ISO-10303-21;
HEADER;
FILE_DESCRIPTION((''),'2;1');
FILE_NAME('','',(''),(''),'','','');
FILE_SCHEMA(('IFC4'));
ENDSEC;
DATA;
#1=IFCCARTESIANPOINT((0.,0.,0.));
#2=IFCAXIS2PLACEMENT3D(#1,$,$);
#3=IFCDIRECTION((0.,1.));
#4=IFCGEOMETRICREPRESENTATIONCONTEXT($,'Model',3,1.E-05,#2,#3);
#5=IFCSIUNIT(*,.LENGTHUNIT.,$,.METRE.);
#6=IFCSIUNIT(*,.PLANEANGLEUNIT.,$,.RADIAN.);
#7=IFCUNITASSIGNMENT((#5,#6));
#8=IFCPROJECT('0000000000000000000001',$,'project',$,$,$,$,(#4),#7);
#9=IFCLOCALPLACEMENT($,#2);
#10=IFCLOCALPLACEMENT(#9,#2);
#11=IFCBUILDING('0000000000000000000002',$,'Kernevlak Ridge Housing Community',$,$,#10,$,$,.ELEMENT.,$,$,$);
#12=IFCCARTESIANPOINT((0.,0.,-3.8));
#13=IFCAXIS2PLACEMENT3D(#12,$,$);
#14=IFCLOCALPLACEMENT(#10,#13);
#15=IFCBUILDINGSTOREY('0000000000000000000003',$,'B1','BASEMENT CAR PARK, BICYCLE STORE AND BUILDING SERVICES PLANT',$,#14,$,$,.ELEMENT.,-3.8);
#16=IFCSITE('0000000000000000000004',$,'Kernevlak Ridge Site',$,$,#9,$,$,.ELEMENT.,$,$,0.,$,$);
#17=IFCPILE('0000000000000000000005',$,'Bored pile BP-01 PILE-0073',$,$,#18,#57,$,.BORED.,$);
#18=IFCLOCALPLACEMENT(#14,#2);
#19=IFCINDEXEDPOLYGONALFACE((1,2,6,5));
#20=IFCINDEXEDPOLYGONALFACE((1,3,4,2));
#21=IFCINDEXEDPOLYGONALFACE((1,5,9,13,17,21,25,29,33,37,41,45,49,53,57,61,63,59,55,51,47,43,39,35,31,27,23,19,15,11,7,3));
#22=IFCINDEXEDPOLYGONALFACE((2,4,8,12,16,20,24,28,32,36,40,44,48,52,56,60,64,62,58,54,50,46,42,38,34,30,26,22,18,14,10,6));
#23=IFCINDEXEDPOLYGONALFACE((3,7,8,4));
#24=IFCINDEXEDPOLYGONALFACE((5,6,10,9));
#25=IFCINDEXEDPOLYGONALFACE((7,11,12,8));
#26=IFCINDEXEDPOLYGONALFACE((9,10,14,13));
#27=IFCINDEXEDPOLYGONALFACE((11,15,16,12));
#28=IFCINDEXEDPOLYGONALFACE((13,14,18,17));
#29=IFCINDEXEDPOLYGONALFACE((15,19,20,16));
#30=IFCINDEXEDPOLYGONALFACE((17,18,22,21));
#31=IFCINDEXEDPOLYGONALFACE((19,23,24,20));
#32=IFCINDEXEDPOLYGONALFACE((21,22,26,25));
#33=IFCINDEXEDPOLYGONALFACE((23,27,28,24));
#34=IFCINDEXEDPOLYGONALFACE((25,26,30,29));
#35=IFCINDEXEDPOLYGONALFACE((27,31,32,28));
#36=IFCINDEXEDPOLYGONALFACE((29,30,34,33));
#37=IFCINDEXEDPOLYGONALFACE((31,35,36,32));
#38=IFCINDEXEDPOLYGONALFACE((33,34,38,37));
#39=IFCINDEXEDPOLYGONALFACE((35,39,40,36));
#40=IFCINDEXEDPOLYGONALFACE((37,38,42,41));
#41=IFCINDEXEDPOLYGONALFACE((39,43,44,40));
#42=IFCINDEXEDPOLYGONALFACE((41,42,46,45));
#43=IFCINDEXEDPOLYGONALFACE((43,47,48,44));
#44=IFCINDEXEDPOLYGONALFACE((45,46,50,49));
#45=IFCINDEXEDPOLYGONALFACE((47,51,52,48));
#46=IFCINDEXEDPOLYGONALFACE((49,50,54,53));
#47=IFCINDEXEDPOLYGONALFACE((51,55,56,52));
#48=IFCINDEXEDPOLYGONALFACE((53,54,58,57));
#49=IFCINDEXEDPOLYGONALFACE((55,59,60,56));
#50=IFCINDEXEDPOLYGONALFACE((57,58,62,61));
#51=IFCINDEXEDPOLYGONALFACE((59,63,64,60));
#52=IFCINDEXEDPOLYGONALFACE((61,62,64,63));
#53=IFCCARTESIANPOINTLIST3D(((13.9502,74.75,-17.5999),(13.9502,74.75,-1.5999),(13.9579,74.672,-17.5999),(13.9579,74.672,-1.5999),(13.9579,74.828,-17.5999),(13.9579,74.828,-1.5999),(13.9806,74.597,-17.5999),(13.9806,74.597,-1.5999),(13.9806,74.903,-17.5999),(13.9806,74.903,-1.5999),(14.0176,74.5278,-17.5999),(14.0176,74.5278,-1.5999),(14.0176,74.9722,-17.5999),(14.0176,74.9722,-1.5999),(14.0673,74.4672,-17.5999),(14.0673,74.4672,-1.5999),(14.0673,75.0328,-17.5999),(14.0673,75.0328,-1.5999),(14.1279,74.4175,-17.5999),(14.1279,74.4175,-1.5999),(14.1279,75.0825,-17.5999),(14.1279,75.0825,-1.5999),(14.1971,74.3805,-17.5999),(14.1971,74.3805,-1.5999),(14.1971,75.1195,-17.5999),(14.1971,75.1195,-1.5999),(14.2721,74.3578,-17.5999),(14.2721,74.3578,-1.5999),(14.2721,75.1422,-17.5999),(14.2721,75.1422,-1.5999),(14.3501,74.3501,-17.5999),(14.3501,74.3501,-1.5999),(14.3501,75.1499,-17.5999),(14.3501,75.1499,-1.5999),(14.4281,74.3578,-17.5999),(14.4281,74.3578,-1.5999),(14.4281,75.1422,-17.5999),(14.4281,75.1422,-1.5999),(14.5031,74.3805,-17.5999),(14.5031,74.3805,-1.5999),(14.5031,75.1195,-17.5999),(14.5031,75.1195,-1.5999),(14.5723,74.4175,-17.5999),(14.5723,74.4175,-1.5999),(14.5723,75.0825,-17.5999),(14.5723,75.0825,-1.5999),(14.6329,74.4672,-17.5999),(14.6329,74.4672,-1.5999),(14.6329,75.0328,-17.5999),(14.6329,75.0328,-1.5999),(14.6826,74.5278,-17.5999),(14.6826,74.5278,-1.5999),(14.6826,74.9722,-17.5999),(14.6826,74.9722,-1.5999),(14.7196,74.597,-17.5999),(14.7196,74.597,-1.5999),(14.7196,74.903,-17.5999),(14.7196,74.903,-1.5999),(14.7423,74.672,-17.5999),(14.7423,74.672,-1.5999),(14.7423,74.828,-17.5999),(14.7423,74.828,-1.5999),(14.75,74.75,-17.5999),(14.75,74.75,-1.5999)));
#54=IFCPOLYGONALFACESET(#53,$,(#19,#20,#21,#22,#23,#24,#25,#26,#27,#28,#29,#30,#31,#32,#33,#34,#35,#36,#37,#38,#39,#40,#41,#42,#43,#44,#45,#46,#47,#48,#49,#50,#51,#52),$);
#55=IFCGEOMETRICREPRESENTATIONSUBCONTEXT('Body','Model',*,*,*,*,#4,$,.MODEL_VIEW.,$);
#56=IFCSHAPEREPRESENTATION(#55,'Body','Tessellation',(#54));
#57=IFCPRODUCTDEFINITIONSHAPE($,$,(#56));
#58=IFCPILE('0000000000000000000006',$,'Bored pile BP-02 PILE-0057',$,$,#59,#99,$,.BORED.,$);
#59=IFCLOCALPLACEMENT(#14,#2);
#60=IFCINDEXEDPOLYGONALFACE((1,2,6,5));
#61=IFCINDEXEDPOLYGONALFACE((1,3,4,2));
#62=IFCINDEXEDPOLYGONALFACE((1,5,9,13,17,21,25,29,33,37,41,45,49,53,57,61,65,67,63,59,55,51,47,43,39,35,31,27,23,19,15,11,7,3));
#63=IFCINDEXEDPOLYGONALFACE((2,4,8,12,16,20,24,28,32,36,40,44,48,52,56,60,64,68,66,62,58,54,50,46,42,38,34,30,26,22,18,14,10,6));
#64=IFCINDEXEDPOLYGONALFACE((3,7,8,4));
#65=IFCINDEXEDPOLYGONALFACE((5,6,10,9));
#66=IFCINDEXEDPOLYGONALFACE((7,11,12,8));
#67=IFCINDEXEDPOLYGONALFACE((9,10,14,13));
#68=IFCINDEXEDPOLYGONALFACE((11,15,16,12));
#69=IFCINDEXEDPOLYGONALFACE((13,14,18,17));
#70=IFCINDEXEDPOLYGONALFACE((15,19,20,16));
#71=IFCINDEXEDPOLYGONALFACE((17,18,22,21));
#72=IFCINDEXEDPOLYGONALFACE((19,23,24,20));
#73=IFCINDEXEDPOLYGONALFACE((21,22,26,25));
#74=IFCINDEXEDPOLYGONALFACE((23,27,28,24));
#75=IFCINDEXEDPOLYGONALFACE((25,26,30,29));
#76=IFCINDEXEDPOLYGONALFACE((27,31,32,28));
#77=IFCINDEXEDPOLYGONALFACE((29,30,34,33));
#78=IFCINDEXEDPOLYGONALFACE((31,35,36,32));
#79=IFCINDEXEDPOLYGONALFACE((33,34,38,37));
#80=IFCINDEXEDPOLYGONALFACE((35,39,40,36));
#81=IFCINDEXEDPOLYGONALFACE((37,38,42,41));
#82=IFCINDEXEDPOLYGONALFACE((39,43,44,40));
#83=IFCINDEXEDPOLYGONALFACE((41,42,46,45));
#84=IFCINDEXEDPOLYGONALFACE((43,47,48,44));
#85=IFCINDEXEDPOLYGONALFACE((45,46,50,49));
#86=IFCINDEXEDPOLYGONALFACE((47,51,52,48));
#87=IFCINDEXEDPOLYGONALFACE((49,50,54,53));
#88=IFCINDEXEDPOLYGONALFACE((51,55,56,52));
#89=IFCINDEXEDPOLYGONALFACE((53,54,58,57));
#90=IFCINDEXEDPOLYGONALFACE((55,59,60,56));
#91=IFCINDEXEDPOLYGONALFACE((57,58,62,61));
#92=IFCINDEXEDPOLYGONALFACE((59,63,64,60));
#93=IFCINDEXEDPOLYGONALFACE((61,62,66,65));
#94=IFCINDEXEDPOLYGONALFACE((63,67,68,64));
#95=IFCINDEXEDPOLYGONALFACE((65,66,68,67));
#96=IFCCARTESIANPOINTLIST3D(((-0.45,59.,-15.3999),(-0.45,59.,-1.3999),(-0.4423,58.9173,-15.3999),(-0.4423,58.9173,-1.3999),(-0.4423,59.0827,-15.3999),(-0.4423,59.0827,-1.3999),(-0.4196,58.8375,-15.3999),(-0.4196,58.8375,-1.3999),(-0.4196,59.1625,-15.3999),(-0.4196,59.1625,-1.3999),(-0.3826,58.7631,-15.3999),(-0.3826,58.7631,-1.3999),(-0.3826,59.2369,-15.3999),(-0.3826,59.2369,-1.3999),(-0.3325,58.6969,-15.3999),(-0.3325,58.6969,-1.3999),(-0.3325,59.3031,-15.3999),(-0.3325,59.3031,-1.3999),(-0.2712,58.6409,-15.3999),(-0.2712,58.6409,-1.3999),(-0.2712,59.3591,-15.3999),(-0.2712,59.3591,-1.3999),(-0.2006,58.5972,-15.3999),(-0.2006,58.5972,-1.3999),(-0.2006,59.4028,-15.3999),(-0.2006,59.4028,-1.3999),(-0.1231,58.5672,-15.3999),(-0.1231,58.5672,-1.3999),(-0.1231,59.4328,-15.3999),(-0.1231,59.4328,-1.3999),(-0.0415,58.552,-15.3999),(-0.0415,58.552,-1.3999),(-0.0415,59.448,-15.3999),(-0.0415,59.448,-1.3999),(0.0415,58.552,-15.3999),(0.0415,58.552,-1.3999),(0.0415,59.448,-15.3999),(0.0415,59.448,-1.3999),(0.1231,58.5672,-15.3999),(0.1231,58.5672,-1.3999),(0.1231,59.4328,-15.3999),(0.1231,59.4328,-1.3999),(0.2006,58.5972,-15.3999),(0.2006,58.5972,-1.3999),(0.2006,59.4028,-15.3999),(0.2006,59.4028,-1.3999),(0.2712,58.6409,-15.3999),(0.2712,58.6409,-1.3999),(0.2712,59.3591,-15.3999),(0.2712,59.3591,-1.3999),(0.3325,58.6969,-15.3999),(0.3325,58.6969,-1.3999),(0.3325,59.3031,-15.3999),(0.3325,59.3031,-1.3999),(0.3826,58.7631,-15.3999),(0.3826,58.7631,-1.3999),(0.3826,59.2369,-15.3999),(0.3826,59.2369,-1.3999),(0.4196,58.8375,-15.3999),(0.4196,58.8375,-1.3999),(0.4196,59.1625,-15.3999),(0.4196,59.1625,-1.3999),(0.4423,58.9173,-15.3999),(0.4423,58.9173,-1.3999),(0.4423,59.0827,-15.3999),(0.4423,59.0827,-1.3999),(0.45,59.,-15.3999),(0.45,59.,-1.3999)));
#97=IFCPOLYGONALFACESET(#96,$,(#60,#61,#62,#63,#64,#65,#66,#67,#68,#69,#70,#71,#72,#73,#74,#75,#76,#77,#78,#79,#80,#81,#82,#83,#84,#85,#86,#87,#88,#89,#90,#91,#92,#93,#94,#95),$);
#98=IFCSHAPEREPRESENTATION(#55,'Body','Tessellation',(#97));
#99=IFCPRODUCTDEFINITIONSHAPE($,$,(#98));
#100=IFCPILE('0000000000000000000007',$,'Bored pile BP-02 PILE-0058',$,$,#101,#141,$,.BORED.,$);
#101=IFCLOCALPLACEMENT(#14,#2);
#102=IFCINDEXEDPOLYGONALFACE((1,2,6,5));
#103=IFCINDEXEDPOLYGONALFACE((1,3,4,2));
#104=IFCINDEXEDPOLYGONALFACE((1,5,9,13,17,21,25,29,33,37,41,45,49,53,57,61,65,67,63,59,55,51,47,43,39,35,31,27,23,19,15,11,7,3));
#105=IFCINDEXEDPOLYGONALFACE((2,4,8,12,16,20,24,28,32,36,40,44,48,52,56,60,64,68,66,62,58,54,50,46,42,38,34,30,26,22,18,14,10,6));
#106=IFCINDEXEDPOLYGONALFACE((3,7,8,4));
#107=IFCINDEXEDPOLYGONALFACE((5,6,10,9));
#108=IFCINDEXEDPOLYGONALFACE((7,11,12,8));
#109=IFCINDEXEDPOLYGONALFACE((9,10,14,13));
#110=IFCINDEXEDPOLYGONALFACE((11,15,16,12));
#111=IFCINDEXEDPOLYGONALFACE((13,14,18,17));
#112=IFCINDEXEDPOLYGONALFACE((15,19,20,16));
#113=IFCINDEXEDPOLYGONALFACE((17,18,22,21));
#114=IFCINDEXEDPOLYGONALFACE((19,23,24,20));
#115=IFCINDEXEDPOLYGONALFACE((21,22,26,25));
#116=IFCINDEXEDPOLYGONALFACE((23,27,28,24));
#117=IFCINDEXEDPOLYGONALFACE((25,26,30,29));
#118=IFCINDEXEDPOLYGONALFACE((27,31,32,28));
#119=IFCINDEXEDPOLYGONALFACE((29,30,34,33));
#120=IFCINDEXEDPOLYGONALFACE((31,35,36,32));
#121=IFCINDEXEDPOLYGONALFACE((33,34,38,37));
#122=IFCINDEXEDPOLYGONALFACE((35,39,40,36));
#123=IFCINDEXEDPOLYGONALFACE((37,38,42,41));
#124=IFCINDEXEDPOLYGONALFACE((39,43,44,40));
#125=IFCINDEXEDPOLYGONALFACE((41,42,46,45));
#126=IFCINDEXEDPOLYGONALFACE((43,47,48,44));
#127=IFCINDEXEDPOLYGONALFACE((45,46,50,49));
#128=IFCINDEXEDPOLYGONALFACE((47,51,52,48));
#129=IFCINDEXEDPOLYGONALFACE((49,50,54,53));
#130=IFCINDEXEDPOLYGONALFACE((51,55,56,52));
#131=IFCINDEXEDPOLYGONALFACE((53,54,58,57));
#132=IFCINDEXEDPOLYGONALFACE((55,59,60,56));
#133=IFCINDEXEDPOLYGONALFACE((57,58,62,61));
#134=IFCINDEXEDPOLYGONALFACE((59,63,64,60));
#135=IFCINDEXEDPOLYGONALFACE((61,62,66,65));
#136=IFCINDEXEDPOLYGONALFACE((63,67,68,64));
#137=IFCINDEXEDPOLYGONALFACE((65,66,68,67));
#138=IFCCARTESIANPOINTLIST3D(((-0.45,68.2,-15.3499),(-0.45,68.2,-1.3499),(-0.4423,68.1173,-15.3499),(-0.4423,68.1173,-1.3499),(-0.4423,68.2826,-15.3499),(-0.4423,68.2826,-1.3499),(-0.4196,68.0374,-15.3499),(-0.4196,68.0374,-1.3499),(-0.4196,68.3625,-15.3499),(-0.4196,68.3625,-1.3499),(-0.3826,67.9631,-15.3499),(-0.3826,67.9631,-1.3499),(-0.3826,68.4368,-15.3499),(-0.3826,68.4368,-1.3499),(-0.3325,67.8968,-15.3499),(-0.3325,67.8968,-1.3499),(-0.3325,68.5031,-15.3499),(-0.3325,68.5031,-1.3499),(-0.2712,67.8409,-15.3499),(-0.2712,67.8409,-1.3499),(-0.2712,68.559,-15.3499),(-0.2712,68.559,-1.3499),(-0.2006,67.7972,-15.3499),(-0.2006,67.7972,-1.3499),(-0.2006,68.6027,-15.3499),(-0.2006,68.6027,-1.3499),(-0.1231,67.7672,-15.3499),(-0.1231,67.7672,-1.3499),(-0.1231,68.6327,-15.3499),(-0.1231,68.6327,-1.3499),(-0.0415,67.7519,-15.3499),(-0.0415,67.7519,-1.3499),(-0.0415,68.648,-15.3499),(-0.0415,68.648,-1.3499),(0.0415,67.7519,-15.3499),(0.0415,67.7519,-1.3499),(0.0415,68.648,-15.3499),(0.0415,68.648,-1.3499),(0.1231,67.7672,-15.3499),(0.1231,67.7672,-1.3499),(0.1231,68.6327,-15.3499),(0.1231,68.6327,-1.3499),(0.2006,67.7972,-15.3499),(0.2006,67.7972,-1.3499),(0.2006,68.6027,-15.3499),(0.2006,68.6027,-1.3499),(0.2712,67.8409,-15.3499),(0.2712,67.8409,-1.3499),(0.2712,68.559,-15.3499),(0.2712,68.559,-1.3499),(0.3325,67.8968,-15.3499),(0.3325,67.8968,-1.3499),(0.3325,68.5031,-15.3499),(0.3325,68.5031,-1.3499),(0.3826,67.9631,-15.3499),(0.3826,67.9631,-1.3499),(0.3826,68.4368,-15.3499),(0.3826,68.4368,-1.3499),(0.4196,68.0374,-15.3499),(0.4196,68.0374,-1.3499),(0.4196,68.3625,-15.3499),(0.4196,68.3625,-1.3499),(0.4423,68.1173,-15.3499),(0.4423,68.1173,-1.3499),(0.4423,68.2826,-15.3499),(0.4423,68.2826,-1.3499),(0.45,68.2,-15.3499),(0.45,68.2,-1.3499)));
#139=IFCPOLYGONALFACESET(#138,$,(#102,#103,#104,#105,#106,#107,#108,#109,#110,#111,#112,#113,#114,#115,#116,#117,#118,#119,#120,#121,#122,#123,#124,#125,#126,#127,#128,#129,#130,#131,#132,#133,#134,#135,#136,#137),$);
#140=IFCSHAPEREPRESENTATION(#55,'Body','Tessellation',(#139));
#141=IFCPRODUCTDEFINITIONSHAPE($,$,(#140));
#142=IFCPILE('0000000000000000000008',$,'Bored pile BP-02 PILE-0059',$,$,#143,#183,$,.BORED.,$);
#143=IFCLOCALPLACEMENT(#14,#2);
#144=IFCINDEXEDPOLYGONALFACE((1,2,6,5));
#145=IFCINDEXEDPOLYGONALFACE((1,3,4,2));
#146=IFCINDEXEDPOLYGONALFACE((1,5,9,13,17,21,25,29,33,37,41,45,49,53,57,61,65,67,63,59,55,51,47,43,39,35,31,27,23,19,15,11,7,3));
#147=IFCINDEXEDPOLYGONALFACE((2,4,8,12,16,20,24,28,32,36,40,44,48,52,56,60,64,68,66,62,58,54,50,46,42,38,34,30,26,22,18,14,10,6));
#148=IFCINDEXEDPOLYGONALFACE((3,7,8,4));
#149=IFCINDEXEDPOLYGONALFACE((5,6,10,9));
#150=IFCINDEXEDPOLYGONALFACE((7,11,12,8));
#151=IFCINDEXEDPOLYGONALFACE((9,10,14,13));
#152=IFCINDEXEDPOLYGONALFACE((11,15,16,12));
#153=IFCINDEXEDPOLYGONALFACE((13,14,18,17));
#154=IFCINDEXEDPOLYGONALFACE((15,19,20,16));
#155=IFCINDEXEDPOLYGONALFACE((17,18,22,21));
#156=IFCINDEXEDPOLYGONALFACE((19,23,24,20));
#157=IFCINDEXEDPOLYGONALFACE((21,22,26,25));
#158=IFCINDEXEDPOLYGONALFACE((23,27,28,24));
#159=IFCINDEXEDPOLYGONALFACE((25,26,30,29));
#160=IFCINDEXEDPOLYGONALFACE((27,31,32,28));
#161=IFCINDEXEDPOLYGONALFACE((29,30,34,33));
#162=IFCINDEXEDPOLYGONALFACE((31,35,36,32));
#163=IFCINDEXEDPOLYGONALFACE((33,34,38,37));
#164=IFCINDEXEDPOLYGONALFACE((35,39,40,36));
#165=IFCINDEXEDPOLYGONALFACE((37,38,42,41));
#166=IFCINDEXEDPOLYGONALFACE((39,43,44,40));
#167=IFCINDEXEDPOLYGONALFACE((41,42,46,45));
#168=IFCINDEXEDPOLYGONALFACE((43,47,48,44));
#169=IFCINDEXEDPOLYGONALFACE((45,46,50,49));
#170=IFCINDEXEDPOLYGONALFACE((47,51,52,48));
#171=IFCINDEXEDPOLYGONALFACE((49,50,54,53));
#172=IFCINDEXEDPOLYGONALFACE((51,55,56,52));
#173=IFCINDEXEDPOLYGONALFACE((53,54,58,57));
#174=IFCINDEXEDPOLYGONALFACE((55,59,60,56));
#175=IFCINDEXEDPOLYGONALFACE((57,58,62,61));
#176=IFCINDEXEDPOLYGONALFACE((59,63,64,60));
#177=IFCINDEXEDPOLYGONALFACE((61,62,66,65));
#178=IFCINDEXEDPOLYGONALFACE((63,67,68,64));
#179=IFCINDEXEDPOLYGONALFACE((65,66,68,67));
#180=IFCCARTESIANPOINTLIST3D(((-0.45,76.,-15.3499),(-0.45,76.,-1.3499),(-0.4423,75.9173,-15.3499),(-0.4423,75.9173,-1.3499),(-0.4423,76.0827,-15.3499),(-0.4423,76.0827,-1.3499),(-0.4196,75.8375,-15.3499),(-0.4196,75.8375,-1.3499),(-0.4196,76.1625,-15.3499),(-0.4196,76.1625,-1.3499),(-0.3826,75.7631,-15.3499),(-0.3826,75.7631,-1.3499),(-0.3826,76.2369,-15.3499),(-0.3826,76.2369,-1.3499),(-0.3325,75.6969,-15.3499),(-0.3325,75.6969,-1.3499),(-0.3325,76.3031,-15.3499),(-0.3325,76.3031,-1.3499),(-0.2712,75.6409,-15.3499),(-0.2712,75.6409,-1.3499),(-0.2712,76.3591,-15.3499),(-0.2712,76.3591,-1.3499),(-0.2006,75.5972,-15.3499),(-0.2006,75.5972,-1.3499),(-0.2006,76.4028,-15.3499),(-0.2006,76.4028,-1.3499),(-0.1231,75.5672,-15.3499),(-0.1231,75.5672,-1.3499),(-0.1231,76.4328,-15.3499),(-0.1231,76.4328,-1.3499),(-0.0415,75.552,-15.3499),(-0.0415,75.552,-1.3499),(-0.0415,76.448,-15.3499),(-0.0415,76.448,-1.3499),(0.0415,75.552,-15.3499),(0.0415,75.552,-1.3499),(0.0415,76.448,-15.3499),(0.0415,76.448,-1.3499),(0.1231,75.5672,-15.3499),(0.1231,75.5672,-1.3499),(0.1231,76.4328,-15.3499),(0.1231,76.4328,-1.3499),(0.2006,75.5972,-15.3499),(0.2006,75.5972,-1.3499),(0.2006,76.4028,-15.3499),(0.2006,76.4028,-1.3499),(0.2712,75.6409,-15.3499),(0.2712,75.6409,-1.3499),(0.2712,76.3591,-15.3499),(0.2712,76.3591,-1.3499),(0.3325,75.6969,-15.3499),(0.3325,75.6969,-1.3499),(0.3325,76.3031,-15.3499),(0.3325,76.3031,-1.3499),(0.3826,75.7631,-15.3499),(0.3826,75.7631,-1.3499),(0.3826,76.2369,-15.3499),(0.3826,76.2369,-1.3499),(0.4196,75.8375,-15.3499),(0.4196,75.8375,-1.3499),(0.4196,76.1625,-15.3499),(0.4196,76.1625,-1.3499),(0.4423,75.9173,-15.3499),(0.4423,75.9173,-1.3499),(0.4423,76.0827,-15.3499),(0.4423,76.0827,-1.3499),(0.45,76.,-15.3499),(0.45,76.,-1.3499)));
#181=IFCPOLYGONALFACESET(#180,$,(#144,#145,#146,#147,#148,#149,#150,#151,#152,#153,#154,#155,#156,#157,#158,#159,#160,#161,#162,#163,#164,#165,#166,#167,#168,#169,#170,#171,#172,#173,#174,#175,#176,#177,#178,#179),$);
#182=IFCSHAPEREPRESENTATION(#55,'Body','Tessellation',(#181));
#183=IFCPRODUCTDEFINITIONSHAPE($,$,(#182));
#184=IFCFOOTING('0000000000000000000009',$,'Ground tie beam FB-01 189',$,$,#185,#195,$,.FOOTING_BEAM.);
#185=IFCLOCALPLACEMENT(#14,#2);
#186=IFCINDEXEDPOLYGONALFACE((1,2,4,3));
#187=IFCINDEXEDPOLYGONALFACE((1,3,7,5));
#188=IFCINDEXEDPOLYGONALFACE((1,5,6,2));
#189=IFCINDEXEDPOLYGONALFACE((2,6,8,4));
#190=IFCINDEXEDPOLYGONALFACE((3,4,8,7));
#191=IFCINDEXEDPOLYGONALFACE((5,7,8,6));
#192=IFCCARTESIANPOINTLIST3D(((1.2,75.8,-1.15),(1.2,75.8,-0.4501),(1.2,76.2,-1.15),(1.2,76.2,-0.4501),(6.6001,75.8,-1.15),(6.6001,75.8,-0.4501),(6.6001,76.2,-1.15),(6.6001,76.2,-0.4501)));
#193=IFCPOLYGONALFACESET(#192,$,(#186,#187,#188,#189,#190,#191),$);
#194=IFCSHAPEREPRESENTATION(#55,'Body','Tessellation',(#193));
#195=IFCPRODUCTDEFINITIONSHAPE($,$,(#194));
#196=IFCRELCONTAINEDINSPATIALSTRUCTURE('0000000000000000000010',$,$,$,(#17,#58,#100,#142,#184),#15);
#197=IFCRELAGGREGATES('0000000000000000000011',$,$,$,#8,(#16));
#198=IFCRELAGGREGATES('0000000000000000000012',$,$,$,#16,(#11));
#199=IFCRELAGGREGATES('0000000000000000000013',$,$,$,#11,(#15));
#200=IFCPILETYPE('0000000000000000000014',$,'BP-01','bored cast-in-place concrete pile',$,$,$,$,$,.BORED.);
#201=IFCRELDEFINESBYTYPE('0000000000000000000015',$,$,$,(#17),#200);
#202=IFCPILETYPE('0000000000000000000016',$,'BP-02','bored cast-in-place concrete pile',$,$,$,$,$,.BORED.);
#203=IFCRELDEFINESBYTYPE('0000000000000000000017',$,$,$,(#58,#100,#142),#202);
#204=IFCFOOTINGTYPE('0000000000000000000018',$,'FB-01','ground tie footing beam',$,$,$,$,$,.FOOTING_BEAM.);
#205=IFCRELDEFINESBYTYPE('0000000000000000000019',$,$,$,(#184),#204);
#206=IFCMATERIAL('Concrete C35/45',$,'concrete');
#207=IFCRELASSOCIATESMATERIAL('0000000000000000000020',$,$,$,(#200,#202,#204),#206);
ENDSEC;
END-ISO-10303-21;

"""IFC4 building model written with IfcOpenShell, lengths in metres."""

from ifc_helpers import new_model, si_unit, direction, frame, origin, origin_2d, place, context, subcontext, project, spatial, rectangle, circle, extrude, material, material_profile, profile_set, type_object, element, save


model = new_model("IFC4")

# Units and contexts
model_context = context("Model", 3, precision=1e-05, world=origin(), true_north=direction((0.0, 1.0)))
body_context = subcontext(model_context, "Body", "Model", "MODEL_VIEW")
ifc_project = project(units=[si_unit("LENGTHUNIT", "METRE"), si_unit("PLANEANGLEUNIT", "RADIAN")], contexts=[model_context])

# Site, building, storey
site_placement = place(None, origin())
site = spatial("IfcSite", under=ifc_project, at=site_placement, Name="Kernevlak Ridge Site", CompositionType="ELEMENT", RefElevation=0.0)
building_placement = place(site_placement, origin())
building = spatial("IfcBuilding", under=site, at=building_placement, Name="Kernevlak Ridge Housing Community", CompositionType="ELEMENT")
storey_placement = place(building_placement, frame((0.0, 0.0, -3.8)))
storey = spatial("IfcBuildingStorey", under=building, at=storey_placement, Name="B1", Description="BASEMENT CAR PARK, BICYCLE STORE AND BUILDING SERVICES PLANT", CompositionType="ELEMENT", Elevation=-3.8)

# Piles
ifc_material_1 = material(Name="Concrete C35/45", Category="concrete")
ifc_material_profile_1 = material_profile(ifc_material_1, circle(Radius=0.3999, at=origin_2d()), Name="BORED PILE 800")
ifc_profile_set_1 = profile_set([ifc_material_profile_1], Name="Concrete C35/45")
pile_type_1 = type_object("IfcPileType", Name="BP-01", Description="bored cast-in-place concrete pile", PredefinedType="BORED", material=ifc_profile_set_1)
pile_placement = place(storey_placement, frame((14.3501, 74.75, -1.5999), z_axis=(0.0, 0.0, -1.0), x_axis=(1.0, 0.0, 0.0)))
element("IfcPile", 1, at=pile_placement, inside=storey, type_object=pile_type_1, Name="Bored pile BP-01 PILE-0073", PredefinedType="BORED", context=body_context, shape_type="SweptSolid", body=[
    extrude(circle(Radius=0.3999, at=origin_2d()), origin(), (0.0, 0.0, 1.0), 16.0),
])
ifc_material_profile_2 = material_profile(ifc_material_1, circle(Radius=0.45, at=origin_2d()), Name="BORED PILE 900")
ifc_profile_set_2 = profile_set([ifc_material_profile_2], Name="Concrete C35/45")
pile_type_2 = type_object("IfcPileType", Name="BP-02", Description="bored cast-in-place concrete pile", PredefinedType="BORED", material=ifc_profile_set_2)
for number, where, z_axis, x_axis, name in (
    (2, (0.0, 59.0, -1.3999), (0.0, 0.0, -1.0), (1.0, 0.0, 0.0), "Bored pile BP-02 PILE-0057"),
    (3, (0.0, 68.2, -1.3499), (0.0, 0.0, -1.0), (1.0, 0.0, 0.0), "Bored pile BP-02 PILE-0058"),
    (4, (0.0, 76.0, -1.3499), (0.0, 0.0, -1.0), (1.0, 0.0, 0.0), "Bored pile BP-02 PILE-0059"),
):
    element("IfcPile", number, at=place(storey_placement, frame(where, z_axis=z_axis, x_axis=x_axis)), inside=storey, type_object=pile_type_2, Name=name, PredefinedType="BORED", context=body_context, shape_type="SweptSolid", body=[
        extrude(circle(Radius=0.45, at=origin_2d()), origin(), (0.0, 0.0, 1.0), 14.0),
    ])

# Footing
ifc_material_profile_3 = material_profile(ifc_material_1, rectangle(XDim=0.3999, YDim=0.7, at=origin_2d()), Name="RC 400x700")
ifc_profile_set_3 = profile_set([ifc_material_profile_3], Name="Concrete C35/45")
footing_type_1 = type_object("IfcFootingType", Name="FB-01", Description="ground tie footing beam", PredefinedType="FOOTING_BEAM", material=ifc_profile_set_3)
footing_1_placement = place(storey_placement, frame((1.2, 76.0, -0.8), z_axis=(1.0, 0.0, 0.0), x_axis=(0.0, 1.0, 0.0)))
element("IfcFooting", 5, at=footing_1_placement, inside=storey, type_object=footing_type_1, Name="Ground tie beam FB-01 189", PredefinedType="FOOTING_BEAM", context=body_context, shape_type="SweptSolid", body=[
    extrude(rectangle(XDim=0.3999, YDim=0.7, at=origin_2d()), origin(), (0.0, 0.0, 1.0), 5.4001),
])

save(model, "model.ifc")
